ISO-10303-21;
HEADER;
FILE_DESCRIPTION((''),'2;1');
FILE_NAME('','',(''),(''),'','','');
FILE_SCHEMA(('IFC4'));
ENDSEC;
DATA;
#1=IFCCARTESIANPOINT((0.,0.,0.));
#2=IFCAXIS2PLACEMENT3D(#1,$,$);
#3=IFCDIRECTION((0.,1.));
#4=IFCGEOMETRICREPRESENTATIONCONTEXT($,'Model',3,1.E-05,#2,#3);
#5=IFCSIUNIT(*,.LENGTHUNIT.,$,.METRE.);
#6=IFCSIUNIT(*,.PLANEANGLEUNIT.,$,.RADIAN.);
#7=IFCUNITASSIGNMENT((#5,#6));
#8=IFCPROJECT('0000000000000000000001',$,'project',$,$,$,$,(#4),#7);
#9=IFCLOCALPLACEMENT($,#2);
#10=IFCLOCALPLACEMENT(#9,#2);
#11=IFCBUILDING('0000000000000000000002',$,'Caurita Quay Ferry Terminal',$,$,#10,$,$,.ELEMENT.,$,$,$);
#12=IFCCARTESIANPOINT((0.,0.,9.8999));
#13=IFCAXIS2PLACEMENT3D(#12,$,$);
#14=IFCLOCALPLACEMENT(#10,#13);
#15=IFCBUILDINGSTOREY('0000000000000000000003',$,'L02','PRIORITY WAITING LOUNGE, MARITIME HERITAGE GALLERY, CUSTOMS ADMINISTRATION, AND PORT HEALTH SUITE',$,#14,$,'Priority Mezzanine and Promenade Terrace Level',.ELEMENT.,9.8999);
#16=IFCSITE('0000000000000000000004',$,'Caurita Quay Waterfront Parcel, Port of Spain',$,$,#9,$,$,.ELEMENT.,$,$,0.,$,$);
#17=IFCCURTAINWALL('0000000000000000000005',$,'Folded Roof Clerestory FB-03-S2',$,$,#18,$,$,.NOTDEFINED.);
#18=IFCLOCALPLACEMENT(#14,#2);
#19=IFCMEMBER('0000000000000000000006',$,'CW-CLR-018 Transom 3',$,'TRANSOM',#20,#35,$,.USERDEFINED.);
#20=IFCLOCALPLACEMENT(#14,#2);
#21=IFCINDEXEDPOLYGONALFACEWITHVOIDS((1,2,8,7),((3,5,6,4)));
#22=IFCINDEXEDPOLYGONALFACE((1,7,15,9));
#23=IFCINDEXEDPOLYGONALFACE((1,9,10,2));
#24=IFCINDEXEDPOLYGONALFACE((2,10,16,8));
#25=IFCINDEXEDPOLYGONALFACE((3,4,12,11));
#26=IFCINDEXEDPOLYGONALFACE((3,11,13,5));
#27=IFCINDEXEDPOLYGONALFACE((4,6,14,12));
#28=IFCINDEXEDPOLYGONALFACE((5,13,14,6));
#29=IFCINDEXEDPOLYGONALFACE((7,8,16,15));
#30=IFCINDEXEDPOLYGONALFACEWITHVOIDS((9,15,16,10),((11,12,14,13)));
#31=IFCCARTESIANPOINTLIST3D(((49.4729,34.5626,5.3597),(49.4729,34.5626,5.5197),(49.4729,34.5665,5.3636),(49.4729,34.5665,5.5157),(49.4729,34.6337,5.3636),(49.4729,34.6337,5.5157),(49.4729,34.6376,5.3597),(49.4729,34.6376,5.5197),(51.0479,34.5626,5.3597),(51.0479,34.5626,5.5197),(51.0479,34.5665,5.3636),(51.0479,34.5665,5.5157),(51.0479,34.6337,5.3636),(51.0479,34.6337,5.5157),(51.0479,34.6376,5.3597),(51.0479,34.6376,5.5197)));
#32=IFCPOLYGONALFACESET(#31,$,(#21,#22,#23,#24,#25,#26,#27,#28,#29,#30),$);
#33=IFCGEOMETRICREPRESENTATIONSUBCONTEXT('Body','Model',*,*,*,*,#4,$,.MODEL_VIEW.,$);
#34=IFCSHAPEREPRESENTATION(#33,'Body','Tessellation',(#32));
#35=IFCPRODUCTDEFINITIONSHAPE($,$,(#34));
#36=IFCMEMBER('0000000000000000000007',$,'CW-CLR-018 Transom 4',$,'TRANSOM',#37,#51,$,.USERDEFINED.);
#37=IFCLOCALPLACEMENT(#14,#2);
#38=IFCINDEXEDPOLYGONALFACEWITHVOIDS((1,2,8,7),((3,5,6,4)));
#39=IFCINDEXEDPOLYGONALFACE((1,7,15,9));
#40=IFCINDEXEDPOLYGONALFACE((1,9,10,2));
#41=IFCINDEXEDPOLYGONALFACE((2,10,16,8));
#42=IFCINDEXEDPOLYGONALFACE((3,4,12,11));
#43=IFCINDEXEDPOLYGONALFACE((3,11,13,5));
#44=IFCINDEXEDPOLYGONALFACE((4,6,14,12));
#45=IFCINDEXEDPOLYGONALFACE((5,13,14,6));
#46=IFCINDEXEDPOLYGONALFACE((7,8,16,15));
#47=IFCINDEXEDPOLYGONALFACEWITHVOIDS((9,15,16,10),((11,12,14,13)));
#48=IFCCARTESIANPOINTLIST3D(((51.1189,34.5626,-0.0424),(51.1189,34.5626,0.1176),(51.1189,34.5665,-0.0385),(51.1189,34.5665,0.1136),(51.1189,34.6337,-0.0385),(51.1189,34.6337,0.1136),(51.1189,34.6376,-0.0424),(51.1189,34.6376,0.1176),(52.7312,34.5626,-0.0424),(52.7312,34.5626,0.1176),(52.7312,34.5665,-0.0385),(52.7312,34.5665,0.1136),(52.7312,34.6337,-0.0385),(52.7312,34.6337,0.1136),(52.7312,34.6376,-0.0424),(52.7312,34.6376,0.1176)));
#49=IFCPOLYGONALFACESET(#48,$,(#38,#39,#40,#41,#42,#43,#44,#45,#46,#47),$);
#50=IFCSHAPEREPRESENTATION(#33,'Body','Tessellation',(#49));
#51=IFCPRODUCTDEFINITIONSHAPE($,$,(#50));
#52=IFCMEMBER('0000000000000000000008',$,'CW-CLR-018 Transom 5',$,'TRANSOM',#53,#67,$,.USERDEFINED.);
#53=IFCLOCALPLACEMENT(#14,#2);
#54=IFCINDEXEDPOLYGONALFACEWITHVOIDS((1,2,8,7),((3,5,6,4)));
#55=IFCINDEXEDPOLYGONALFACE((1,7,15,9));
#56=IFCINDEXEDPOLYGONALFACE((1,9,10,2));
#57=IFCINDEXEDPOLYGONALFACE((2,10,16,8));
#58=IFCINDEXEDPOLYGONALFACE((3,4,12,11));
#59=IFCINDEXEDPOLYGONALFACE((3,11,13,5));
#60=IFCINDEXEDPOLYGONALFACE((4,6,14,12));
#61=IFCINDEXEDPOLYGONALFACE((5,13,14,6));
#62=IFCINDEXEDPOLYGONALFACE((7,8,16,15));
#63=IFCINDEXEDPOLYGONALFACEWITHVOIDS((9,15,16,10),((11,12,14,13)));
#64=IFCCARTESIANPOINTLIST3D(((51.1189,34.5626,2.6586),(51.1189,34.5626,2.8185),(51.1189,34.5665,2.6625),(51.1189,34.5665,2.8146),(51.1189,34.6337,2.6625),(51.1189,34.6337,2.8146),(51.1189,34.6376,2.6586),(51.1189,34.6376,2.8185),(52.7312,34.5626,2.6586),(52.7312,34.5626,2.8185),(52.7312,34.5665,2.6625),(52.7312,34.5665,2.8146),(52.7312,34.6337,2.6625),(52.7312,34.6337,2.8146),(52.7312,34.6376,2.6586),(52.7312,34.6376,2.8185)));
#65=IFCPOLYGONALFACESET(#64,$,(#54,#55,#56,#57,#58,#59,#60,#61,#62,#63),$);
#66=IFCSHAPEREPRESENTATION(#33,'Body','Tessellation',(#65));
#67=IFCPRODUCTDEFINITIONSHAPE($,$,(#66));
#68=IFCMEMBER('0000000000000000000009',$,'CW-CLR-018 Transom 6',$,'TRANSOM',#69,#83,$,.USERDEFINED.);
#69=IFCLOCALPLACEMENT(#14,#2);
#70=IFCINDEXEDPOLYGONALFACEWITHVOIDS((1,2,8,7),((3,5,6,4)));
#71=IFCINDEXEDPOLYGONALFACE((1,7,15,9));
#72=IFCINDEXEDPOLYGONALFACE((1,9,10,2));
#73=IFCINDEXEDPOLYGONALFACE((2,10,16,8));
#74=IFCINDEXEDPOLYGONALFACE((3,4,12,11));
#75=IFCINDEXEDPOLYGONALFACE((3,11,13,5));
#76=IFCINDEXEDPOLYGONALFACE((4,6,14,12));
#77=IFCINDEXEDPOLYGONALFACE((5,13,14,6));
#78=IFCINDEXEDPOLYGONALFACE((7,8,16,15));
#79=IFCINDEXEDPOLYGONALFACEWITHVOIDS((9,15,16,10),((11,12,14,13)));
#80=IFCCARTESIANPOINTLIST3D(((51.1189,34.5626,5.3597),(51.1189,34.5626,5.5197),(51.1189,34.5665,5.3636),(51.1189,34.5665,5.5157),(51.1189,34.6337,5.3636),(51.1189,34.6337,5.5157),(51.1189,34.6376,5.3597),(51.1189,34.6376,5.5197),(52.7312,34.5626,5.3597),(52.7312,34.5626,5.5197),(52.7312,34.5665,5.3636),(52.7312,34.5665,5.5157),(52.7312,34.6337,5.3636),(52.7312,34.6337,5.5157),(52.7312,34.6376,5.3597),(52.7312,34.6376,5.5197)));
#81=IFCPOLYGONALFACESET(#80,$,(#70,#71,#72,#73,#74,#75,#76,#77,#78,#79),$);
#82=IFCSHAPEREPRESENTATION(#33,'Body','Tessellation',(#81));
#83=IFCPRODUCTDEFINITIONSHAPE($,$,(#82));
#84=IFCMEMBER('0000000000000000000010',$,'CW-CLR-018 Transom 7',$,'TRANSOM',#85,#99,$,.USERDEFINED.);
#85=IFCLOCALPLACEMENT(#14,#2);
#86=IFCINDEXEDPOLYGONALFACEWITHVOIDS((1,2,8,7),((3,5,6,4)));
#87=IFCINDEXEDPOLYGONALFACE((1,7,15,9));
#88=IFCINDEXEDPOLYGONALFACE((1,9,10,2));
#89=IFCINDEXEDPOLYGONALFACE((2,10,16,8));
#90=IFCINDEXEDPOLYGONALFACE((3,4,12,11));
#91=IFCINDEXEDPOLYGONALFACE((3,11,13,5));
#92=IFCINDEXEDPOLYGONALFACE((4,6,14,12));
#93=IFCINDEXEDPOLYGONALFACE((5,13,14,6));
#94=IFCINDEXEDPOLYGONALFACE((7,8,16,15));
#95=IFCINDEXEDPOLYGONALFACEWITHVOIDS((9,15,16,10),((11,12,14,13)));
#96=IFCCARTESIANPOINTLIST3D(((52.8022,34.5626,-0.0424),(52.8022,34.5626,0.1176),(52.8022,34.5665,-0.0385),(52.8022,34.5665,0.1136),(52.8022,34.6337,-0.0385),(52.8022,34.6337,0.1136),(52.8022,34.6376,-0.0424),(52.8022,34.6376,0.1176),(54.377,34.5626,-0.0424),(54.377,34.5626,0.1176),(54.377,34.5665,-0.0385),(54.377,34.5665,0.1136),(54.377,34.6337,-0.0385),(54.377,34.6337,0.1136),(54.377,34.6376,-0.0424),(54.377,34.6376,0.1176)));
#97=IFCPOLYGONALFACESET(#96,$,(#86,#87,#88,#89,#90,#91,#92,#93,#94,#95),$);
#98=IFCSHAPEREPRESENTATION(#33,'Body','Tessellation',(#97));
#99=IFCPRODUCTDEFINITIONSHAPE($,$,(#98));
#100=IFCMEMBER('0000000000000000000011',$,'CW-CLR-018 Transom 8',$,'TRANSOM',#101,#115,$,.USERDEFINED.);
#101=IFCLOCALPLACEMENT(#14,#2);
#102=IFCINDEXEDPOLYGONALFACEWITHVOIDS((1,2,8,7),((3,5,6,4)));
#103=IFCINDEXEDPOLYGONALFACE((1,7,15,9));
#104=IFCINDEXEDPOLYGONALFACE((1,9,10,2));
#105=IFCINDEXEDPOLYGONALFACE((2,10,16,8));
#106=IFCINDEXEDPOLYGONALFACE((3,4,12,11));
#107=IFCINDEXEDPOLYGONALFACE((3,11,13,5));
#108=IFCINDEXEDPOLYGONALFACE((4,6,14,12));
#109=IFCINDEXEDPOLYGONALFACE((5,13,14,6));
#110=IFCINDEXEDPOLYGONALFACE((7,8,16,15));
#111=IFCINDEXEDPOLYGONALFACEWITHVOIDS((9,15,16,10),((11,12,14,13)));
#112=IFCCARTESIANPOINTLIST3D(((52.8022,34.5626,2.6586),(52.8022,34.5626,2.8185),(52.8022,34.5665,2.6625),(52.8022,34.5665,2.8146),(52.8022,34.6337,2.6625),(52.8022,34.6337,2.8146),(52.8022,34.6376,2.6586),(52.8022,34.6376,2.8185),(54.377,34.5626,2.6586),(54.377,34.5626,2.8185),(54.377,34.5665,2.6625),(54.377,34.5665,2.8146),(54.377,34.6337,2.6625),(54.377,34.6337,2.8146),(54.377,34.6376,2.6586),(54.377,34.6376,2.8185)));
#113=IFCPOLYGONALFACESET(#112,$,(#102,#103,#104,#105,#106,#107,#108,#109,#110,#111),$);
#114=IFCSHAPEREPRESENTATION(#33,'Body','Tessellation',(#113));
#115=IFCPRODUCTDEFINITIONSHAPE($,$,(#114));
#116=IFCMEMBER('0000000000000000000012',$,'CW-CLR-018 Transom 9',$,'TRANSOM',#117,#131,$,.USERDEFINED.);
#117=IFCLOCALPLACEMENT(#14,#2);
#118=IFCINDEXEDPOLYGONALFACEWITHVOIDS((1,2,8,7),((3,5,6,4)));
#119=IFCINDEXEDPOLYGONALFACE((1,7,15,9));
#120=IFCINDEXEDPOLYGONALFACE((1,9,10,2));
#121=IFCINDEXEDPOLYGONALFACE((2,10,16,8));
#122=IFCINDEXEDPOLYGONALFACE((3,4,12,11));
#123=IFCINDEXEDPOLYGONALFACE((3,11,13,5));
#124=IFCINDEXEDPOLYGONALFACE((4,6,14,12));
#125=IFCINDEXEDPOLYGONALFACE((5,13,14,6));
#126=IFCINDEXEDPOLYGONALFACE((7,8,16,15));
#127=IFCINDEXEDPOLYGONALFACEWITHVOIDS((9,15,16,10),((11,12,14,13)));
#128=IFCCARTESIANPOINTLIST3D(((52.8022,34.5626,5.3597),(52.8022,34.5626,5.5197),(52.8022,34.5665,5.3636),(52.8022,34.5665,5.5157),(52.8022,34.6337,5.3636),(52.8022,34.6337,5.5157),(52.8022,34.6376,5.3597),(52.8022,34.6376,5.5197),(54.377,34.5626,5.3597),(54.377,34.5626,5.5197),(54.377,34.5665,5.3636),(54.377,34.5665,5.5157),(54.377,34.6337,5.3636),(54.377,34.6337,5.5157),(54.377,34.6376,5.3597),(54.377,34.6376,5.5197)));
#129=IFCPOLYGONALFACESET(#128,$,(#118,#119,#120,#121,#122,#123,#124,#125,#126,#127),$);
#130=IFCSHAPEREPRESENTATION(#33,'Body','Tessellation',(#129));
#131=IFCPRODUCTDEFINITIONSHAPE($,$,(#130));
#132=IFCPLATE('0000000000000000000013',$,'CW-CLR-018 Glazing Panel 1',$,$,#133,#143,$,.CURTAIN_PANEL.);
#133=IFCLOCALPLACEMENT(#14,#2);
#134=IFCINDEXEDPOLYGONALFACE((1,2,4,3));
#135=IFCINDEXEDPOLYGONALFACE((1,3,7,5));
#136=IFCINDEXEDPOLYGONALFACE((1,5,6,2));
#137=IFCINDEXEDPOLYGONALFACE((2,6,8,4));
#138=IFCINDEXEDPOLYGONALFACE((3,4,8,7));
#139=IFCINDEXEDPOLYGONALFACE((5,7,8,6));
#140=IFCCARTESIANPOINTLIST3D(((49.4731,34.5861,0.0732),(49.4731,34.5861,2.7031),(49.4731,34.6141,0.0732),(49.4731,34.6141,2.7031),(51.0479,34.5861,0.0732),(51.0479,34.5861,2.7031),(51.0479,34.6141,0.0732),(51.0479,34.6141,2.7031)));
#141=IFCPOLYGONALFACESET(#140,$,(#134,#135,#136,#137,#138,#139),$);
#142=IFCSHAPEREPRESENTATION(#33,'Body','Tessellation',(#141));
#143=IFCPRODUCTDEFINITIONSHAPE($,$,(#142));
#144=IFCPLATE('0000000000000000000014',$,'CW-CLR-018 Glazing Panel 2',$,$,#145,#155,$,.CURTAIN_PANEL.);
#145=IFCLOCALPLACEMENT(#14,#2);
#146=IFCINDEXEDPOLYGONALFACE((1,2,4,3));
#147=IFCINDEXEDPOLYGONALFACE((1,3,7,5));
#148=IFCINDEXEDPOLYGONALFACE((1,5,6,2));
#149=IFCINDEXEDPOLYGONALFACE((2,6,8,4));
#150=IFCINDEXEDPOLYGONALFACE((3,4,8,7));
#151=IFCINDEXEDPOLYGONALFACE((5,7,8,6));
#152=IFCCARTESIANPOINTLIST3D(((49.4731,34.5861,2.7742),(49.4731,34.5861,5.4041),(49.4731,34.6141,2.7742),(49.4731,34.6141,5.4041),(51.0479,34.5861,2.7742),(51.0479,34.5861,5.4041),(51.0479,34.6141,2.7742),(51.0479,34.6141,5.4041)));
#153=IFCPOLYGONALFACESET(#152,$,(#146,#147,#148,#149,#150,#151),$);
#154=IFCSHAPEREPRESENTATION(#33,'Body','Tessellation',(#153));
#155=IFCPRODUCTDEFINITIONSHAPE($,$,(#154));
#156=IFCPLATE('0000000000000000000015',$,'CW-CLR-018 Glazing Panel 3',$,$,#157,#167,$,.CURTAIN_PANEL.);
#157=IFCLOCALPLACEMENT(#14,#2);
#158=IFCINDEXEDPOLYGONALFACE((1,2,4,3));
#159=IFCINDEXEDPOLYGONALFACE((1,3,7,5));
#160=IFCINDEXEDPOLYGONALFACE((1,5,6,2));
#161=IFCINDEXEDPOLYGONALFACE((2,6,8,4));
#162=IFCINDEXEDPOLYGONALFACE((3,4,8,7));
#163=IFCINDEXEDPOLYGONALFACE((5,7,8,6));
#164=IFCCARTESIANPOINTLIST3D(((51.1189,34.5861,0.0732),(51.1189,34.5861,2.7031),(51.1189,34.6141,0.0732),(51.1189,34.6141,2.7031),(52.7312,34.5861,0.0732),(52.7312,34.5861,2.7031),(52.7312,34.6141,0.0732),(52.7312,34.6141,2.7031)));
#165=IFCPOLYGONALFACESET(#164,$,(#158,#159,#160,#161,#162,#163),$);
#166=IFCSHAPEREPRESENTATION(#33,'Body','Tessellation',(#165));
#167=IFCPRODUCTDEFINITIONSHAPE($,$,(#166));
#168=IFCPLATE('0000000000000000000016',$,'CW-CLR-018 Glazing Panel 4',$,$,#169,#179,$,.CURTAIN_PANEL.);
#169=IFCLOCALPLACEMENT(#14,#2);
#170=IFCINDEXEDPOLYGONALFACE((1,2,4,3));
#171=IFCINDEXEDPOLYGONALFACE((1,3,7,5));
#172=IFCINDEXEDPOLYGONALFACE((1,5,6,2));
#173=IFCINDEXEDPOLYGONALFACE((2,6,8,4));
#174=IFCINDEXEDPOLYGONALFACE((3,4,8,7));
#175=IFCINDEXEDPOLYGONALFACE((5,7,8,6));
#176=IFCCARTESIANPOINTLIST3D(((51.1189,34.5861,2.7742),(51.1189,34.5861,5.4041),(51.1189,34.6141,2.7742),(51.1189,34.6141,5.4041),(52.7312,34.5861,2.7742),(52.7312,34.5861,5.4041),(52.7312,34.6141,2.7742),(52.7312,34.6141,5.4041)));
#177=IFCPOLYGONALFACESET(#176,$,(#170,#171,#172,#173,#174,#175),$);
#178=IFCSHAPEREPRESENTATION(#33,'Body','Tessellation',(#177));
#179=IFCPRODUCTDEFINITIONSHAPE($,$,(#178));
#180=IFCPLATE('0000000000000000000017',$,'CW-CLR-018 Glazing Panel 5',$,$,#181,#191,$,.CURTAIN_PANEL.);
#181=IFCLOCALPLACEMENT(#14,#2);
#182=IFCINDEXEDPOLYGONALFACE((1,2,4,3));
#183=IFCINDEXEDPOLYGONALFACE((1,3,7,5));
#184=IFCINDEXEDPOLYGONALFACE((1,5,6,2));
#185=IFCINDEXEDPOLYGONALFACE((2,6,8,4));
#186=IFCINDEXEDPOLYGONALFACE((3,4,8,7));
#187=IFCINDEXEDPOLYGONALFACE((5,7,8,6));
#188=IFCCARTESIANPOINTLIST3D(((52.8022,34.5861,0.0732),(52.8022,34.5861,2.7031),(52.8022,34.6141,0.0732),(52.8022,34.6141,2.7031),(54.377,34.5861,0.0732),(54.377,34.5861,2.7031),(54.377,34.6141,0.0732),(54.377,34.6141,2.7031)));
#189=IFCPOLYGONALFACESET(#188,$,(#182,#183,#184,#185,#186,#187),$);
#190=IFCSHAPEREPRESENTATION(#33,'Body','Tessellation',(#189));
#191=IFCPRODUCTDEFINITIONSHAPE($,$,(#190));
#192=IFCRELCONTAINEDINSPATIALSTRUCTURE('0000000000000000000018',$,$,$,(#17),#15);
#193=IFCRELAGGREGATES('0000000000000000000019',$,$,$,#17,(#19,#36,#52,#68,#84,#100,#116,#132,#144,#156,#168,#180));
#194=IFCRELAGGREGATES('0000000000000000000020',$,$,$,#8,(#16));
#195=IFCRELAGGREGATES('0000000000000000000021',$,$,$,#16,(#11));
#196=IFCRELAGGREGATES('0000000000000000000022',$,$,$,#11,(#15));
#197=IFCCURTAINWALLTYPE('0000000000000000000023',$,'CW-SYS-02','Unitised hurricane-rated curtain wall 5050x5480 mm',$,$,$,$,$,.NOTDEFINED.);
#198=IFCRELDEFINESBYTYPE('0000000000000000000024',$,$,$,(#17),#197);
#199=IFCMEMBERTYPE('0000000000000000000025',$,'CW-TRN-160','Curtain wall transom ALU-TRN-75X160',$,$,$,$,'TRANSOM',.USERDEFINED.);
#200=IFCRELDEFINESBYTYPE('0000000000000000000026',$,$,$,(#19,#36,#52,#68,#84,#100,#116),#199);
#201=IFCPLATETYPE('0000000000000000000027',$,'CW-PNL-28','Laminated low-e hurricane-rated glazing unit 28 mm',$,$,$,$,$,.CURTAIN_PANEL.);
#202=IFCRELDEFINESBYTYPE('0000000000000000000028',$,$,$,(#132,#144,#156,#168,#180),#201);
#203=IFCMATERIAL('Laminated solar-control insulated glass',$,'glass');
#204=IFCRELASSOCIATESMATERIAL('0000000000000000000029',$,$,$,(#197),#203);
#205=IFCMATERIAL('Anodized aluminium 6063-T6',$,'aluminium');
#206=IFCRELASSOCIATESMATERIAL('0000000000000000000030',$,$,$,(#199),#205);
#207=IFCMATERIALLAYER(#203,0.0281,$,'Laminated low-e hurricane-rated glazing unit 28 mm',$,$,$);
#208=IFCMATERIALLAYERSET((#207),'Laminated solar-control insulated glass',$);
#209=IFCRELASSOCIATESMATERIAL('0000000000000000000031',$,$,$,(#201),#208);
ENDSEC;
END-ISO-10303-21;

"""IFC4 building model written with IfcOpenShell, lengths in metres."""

from ifc_helpers import new_model, si_unit, direction, frame, origin, origin_2d, place, context, subcontext, project, spatial, rectangle, hollow_rectangle, extrude, material, layer, layer_set, material_profile, profile_set, type_object, element, aggregate, save


model = new_model("IFC4")

# Units and contexts
model_context = context("Model", 3, precision=1e-05, world=origin(), true_north=direction((0.0, 1.0)))
body_context = subcontext(model_context, "Body", "Model", "MODEL_VIEW")
ifc_project = project(units=[si_unit("LENGTHUNIT", "METRE"), si_unit("PLANEANGLEUNIT", "RADIAN")], contexts=[model_context])

# Site, building, storey
site_placement = place(None, origin())
site = spatial("IfcSite", under=ifc_project, at=site_placement, Name="Caurita Quay Waterfront Parcel, Port of Spain", CompositionType="ELEMENT", RefElevation=0.0)
building_placement = place(site_placement, origin())
building = spatial("IfcBuilding", under=site, at=building_placement, Name="Caurita Quay Ferry Terminal", CompositionType="ELEMENT")
storey_placement = place(building_placement, frame((0.0, 0.0, 9.8999)))
storey = spatial("IfcBuildingStorey", under=building, at=storey_placement, Name="L02", Description="PRIORITY WAITING LOUNGE, MARITIME HERITAGE GALLERY, CUSTOMS ADMINISTRATION, AND PORT HEALTH SUITE", LongName="Priority Mezzanine and Promenade Terrace Level", CompositionType="ELEMENT", Elevation=9.8999)

# Curtain wall, members, plates
ifc_material_1 = material(Name="Laminated solar-control insulated glass", Category="glass")
curtain_wall_type = type_object("IfcCurtainWallType", Name="CW-SYS-02", Description="Unitised hurricane-rated curtain wall 5050x5480 mm", PredefinedType="NOTDEFINED", material=ifc_material_1)
curtain_wall_placement = place(storey_placement, origin())
curtain_wall = element("IfcCurtainWall", 1, at=curtain_wall_placement, inside=storey, type_object=curtain_wall_type, Name="Folded Roof Clerestory FB-03-S2", PredefinedType="NOTDEFINED")
ifc_material_2 = material(Name="Anodized aluminium 6063-T6", Category="aluminium")
ifc_material_profile_1 = material_profile(ifc_material_2, hollow_rectangle(XDim=0.075, YDim=0.1599, WallThickness=0.0039, at=origin_2d()), Name="ALU-TRN-75X160")
ifc_profile_set_1 = profile_set([ifc_material_profile_1], Name="Anodized aluminium 6063-T6")
member_type_1 = type_object("IfcMemberType", Name="CW-TRN-160", Description="Curtain wall transom ALU-TRN-75X160", ElementType="TRANSOM", PredefinedType="USERDEFINED", material=ifc_profile_set_1)
member_1_placement = place(storey_placement, frame((49.4729, 34.6001, 5.4397), z_axis=(1.0, 0.0, 0.0), x_axis=(0.0, 1.0, 0.0)))
member_1 = element("IfcMember", 2, at=member_1_placement, type_object=member_type_1, Name="CW-CLR-018 Transom 3", ObjectType="TRANSOM", PredefinedType="USERDEFINED", context=body_context, shape_type="SweptSolid", body=[
    extrude(hollow_rectangle(XDim=0.075, YDim=0.1599, WallThickness=0.0039, at=origin_2d()), origin(), (0.0, 0.0, 1.0), 1.575),
])
member_2_placement = place(storey_placement, frame((51.1189, 34.6001, 0.0376), z_axis=(1.0, 0.0, 0.0), x_axis=(0.0, 1.0, 0.0)))
member_2 = element("IfcMember", 3, at=member_2_placement, type_object=member_type_1, Name="CW-CLR-018 Transom 4", ObjectType="TRANSOM", PredefinedType="USERDEFINED", context=body_context, shape_type="SweptSolid", body=[
    extrude(hollow_rectangle(XDim=0.075, YDim=0.1599, WallThickness=0.0039, at=origin_2d()), origin(), (0.0, 0.0, 1.0), 1.6123),
])
member_3_placement = place(storey_placement, frame((51.1189, 34.6001, 2.7385), z_axis=(1.0, 0.0, 0.0), x_axis=(0.0, 1.0, 0.0)))
member_3 = element("IfcMember", 4, at=member_3_placement, type_object=member_type_1, Name="CW-CLR-018 Transom 5", ObjectType="TRANSOM", PredefinedType="USERDEFINED", context=body_context, shape_type="SweptSolid", body=[
    extrude(hollow_rectangle(XDim=0.075, YDim=0.1599, WallThickness=0.0039, at=origin_2d()), origin(), (0.0, 0.0, 1.0), 1.6123),
])
member_4_placement = place(storey_placement, frame((51.1189, 34.6001, 5.4397), z_axis=(1.0, 0.0, 0.0), x_axis=(0.0, 1.0, 0.0)))
member_4 = element("IfcMember", 5, at=member_4_placement, type_object=member_type_1, Name="CW-CLR-018 Transom 6", ObjectType="TRANSOM", PredefinedType="USERDEFINED", context=body_context, shape_type="SweptSolid", body=[
    extrude(hollow_rectangle(XDim=0.075, YDim=0.1599, WallThickness=0.0039, at=origin_2d()), origin(), (0.0, 0.0, 1.0), 1.6123),
])
member_5_placement = place(storey_placement, frame((52.8022, 34.6001, 0.0376), z_axis=(1.0, 0.0, 0.0), x_axis=(0.0, 1.0, 0.0)))
member_5 = element("IfcMember", 6, at=member_5_placement, type_object=member_type_1, Name="CW-CLR-018 Transom 7", ObjectType="TRANSOM", PredefinedType="USERDEFINED", context=body_context, shape_type="SweptSolid", body=[
    extrude(hollow_rectangle(XDim=0.075, YDim=0.1599, WallThickness=0.0039, at=origin_2d()), origin(), (0.0, 0.0, 1.0), 1.5747),
])
member_6_placement = place(storey_placement, frame((52.8022, 34.6001, 2.7385), z_axis=(1.0, 0.0, 0.0), x_axis=(0.0, 1.0, 0.0)))
member_6 = element("IfcMember", 7, at=member_6_placement, type_object=member_type_1, Name="CW-CLR-018 Transom 8", ObjectType="TRANSOM", PredefinedType="USERDEFINED", context=body_context, shape_type="SweptSolid", body=[
    extrude(hollow_rectangle(XDim=0.075, YDim=0.1599, WallThickness=0.0039, at=origin_2d()), origin(), (0.0, 0.0, 1.0), 1.5747),
])
member_7_placement = place(storey_placement, frame((52.8022, 34.6001, 5.4397), z_axis=(1.0, 0.0, 0.0), x_axis=(0.0, 1.0, 0.0)))
member_7 = element("IfcMember", 8, at=member_7_placement, type_object=member_type_1, Name="CW-CLR-018 Transom 9", ObjectType="TRANSOM", PredefinedType="USERDEFINED", context=body_context, shape_type="SweptSolid", body=[
    extrude(hollow_rectangle(XDim=0.075, YDim=0.1599, WallThickness=0.0039, at=origin_2d()), origin(), (0.0, 0.0, 1.0), 1.5747),
])
ifc_layer_1 = layer(ifc_material_1, 0.0281, Name="Laminated low-e hurricane-rated glazing unit 28 mm")
ifc_layer_set_1 = layer_set([ifc_layer_1], Name="Laminated solar-control insulated glass")
plate_type_1 = type_object("IfcPlateType", Name="CW-PNL-28", Description="Laminated low-e hurricane-rated glazing unit 28 mm", PredefinedType="CURTAIN_PANEL", material=ifc_layer_set_1)
plate_1_placement = place(storey_placement, frame((50.2605, 34.6001, 0.0732), z_axis=(0.0, 0.0, 1.0), x_axis=(1.0, 0.0, 0.0)))
plate_1 = element("IfcPlate", 9, at=plate_1_placement, type_object=plate_type_1, Name="CW-CLR-018 Glazing Panel 1", PredefinedType="CURTAIN_PANEL", context=body_context, shape_type="SweptSolid", body=[
    extrude(rectangle(XDim=1.5747, YDim=0.0281, at=origin_2d()), origin(), (0.0, 0.0, 1.0), 2.6299),
])
plate_2_placement = place(storey_placement, frame((50.2605, 34.6001, 2.7742), z_axis=(0.0, 0.0, 1.0), x_axis=(1.0, 0.0, 0.0)))
plate_2 = element("IfcPlate", 10, at=plate_2_placement, type_object=plate_type_1, Name="CW-CLR-018 Glazing Panel 2", PredefinedType="CURTAIN_PANEL", context=body_context, shape_type="SweptSolid", body=[
    extrude(rectangle(XDim=1.5747, YDim=0.0281, at=origin_2d()), origin(), (0.0, 0.0, 1.0), 2.6299),
])
plate_3_placement = place(storey_placement, frame((51.925, 34.6001, 0.0732), z_axis=(0.0, 0.0, 1.0), x_axis=(1.0, 0.0, 0.0)))
plate_3 = element("IfcPlate", 11, at=plate_3_placement, type_object=plate_type_1, Name="CW-CLR-018 Glazing Panel 3", PredefinedType="CURTAIN_PANEL", context=body_context, shape_type="SweptSolid", body=[
    extrude(rectangle(XDim=1.6123, YDim=0.0281, at=origin_2d()), origin(), (0.0, 0.0, 1.0), 2.6299),
])
plate_4_placement = place(storey_placement, frame((51.925, 34.6001, 2.7742), z_axis=(0.0, 0.0, 1.0), x_axis=(1.0, 0.0, 0.0)))
plate_4 = element("IfcPlate", 12, at=plate_4_placement, type_object=plate_type_1, Name="CW-CLR-018 Glazing Panel 4", PredefinedType="CURTAIN_PANEL", context=body_context, shape_type="SweptSolid", body=[
    extrude(rectangle(XDim=1.6123, YDim=0.0281, at=origin_2d()), origin(), (0.0, 0.0, 1.0), 2.6299),
])
plate_5_placement = place(storey_placement, frame((53.5896, 34.6001, 0.0732), z_axis=(0.0, 0.0, 1.0), x_axis=(1.0, 0.0, 0.0)))
plate_5 = element("IfcPlate", 13, at=plate_5_placement, type_object=plate_type_1, Name="CW-CLR-018 Glazing Panel 5", PredefinedType="CURTAIN_PANEL", context=body_context, shape_type="SweptSolid", body=[
    extrude(rectangle(XDim=1.5747, YDim=0.0281, at=origin_2d()), origin(), (0.0, 0.0, 1.0), 2.6299),
])
aggregate(curtain_wall, [member_1, member_2, member_3, member_4, member_5, member_6, member_7, plate_1, plate_2, plate_3, plate_4, plate_5])

save(model, "model.ifc")
